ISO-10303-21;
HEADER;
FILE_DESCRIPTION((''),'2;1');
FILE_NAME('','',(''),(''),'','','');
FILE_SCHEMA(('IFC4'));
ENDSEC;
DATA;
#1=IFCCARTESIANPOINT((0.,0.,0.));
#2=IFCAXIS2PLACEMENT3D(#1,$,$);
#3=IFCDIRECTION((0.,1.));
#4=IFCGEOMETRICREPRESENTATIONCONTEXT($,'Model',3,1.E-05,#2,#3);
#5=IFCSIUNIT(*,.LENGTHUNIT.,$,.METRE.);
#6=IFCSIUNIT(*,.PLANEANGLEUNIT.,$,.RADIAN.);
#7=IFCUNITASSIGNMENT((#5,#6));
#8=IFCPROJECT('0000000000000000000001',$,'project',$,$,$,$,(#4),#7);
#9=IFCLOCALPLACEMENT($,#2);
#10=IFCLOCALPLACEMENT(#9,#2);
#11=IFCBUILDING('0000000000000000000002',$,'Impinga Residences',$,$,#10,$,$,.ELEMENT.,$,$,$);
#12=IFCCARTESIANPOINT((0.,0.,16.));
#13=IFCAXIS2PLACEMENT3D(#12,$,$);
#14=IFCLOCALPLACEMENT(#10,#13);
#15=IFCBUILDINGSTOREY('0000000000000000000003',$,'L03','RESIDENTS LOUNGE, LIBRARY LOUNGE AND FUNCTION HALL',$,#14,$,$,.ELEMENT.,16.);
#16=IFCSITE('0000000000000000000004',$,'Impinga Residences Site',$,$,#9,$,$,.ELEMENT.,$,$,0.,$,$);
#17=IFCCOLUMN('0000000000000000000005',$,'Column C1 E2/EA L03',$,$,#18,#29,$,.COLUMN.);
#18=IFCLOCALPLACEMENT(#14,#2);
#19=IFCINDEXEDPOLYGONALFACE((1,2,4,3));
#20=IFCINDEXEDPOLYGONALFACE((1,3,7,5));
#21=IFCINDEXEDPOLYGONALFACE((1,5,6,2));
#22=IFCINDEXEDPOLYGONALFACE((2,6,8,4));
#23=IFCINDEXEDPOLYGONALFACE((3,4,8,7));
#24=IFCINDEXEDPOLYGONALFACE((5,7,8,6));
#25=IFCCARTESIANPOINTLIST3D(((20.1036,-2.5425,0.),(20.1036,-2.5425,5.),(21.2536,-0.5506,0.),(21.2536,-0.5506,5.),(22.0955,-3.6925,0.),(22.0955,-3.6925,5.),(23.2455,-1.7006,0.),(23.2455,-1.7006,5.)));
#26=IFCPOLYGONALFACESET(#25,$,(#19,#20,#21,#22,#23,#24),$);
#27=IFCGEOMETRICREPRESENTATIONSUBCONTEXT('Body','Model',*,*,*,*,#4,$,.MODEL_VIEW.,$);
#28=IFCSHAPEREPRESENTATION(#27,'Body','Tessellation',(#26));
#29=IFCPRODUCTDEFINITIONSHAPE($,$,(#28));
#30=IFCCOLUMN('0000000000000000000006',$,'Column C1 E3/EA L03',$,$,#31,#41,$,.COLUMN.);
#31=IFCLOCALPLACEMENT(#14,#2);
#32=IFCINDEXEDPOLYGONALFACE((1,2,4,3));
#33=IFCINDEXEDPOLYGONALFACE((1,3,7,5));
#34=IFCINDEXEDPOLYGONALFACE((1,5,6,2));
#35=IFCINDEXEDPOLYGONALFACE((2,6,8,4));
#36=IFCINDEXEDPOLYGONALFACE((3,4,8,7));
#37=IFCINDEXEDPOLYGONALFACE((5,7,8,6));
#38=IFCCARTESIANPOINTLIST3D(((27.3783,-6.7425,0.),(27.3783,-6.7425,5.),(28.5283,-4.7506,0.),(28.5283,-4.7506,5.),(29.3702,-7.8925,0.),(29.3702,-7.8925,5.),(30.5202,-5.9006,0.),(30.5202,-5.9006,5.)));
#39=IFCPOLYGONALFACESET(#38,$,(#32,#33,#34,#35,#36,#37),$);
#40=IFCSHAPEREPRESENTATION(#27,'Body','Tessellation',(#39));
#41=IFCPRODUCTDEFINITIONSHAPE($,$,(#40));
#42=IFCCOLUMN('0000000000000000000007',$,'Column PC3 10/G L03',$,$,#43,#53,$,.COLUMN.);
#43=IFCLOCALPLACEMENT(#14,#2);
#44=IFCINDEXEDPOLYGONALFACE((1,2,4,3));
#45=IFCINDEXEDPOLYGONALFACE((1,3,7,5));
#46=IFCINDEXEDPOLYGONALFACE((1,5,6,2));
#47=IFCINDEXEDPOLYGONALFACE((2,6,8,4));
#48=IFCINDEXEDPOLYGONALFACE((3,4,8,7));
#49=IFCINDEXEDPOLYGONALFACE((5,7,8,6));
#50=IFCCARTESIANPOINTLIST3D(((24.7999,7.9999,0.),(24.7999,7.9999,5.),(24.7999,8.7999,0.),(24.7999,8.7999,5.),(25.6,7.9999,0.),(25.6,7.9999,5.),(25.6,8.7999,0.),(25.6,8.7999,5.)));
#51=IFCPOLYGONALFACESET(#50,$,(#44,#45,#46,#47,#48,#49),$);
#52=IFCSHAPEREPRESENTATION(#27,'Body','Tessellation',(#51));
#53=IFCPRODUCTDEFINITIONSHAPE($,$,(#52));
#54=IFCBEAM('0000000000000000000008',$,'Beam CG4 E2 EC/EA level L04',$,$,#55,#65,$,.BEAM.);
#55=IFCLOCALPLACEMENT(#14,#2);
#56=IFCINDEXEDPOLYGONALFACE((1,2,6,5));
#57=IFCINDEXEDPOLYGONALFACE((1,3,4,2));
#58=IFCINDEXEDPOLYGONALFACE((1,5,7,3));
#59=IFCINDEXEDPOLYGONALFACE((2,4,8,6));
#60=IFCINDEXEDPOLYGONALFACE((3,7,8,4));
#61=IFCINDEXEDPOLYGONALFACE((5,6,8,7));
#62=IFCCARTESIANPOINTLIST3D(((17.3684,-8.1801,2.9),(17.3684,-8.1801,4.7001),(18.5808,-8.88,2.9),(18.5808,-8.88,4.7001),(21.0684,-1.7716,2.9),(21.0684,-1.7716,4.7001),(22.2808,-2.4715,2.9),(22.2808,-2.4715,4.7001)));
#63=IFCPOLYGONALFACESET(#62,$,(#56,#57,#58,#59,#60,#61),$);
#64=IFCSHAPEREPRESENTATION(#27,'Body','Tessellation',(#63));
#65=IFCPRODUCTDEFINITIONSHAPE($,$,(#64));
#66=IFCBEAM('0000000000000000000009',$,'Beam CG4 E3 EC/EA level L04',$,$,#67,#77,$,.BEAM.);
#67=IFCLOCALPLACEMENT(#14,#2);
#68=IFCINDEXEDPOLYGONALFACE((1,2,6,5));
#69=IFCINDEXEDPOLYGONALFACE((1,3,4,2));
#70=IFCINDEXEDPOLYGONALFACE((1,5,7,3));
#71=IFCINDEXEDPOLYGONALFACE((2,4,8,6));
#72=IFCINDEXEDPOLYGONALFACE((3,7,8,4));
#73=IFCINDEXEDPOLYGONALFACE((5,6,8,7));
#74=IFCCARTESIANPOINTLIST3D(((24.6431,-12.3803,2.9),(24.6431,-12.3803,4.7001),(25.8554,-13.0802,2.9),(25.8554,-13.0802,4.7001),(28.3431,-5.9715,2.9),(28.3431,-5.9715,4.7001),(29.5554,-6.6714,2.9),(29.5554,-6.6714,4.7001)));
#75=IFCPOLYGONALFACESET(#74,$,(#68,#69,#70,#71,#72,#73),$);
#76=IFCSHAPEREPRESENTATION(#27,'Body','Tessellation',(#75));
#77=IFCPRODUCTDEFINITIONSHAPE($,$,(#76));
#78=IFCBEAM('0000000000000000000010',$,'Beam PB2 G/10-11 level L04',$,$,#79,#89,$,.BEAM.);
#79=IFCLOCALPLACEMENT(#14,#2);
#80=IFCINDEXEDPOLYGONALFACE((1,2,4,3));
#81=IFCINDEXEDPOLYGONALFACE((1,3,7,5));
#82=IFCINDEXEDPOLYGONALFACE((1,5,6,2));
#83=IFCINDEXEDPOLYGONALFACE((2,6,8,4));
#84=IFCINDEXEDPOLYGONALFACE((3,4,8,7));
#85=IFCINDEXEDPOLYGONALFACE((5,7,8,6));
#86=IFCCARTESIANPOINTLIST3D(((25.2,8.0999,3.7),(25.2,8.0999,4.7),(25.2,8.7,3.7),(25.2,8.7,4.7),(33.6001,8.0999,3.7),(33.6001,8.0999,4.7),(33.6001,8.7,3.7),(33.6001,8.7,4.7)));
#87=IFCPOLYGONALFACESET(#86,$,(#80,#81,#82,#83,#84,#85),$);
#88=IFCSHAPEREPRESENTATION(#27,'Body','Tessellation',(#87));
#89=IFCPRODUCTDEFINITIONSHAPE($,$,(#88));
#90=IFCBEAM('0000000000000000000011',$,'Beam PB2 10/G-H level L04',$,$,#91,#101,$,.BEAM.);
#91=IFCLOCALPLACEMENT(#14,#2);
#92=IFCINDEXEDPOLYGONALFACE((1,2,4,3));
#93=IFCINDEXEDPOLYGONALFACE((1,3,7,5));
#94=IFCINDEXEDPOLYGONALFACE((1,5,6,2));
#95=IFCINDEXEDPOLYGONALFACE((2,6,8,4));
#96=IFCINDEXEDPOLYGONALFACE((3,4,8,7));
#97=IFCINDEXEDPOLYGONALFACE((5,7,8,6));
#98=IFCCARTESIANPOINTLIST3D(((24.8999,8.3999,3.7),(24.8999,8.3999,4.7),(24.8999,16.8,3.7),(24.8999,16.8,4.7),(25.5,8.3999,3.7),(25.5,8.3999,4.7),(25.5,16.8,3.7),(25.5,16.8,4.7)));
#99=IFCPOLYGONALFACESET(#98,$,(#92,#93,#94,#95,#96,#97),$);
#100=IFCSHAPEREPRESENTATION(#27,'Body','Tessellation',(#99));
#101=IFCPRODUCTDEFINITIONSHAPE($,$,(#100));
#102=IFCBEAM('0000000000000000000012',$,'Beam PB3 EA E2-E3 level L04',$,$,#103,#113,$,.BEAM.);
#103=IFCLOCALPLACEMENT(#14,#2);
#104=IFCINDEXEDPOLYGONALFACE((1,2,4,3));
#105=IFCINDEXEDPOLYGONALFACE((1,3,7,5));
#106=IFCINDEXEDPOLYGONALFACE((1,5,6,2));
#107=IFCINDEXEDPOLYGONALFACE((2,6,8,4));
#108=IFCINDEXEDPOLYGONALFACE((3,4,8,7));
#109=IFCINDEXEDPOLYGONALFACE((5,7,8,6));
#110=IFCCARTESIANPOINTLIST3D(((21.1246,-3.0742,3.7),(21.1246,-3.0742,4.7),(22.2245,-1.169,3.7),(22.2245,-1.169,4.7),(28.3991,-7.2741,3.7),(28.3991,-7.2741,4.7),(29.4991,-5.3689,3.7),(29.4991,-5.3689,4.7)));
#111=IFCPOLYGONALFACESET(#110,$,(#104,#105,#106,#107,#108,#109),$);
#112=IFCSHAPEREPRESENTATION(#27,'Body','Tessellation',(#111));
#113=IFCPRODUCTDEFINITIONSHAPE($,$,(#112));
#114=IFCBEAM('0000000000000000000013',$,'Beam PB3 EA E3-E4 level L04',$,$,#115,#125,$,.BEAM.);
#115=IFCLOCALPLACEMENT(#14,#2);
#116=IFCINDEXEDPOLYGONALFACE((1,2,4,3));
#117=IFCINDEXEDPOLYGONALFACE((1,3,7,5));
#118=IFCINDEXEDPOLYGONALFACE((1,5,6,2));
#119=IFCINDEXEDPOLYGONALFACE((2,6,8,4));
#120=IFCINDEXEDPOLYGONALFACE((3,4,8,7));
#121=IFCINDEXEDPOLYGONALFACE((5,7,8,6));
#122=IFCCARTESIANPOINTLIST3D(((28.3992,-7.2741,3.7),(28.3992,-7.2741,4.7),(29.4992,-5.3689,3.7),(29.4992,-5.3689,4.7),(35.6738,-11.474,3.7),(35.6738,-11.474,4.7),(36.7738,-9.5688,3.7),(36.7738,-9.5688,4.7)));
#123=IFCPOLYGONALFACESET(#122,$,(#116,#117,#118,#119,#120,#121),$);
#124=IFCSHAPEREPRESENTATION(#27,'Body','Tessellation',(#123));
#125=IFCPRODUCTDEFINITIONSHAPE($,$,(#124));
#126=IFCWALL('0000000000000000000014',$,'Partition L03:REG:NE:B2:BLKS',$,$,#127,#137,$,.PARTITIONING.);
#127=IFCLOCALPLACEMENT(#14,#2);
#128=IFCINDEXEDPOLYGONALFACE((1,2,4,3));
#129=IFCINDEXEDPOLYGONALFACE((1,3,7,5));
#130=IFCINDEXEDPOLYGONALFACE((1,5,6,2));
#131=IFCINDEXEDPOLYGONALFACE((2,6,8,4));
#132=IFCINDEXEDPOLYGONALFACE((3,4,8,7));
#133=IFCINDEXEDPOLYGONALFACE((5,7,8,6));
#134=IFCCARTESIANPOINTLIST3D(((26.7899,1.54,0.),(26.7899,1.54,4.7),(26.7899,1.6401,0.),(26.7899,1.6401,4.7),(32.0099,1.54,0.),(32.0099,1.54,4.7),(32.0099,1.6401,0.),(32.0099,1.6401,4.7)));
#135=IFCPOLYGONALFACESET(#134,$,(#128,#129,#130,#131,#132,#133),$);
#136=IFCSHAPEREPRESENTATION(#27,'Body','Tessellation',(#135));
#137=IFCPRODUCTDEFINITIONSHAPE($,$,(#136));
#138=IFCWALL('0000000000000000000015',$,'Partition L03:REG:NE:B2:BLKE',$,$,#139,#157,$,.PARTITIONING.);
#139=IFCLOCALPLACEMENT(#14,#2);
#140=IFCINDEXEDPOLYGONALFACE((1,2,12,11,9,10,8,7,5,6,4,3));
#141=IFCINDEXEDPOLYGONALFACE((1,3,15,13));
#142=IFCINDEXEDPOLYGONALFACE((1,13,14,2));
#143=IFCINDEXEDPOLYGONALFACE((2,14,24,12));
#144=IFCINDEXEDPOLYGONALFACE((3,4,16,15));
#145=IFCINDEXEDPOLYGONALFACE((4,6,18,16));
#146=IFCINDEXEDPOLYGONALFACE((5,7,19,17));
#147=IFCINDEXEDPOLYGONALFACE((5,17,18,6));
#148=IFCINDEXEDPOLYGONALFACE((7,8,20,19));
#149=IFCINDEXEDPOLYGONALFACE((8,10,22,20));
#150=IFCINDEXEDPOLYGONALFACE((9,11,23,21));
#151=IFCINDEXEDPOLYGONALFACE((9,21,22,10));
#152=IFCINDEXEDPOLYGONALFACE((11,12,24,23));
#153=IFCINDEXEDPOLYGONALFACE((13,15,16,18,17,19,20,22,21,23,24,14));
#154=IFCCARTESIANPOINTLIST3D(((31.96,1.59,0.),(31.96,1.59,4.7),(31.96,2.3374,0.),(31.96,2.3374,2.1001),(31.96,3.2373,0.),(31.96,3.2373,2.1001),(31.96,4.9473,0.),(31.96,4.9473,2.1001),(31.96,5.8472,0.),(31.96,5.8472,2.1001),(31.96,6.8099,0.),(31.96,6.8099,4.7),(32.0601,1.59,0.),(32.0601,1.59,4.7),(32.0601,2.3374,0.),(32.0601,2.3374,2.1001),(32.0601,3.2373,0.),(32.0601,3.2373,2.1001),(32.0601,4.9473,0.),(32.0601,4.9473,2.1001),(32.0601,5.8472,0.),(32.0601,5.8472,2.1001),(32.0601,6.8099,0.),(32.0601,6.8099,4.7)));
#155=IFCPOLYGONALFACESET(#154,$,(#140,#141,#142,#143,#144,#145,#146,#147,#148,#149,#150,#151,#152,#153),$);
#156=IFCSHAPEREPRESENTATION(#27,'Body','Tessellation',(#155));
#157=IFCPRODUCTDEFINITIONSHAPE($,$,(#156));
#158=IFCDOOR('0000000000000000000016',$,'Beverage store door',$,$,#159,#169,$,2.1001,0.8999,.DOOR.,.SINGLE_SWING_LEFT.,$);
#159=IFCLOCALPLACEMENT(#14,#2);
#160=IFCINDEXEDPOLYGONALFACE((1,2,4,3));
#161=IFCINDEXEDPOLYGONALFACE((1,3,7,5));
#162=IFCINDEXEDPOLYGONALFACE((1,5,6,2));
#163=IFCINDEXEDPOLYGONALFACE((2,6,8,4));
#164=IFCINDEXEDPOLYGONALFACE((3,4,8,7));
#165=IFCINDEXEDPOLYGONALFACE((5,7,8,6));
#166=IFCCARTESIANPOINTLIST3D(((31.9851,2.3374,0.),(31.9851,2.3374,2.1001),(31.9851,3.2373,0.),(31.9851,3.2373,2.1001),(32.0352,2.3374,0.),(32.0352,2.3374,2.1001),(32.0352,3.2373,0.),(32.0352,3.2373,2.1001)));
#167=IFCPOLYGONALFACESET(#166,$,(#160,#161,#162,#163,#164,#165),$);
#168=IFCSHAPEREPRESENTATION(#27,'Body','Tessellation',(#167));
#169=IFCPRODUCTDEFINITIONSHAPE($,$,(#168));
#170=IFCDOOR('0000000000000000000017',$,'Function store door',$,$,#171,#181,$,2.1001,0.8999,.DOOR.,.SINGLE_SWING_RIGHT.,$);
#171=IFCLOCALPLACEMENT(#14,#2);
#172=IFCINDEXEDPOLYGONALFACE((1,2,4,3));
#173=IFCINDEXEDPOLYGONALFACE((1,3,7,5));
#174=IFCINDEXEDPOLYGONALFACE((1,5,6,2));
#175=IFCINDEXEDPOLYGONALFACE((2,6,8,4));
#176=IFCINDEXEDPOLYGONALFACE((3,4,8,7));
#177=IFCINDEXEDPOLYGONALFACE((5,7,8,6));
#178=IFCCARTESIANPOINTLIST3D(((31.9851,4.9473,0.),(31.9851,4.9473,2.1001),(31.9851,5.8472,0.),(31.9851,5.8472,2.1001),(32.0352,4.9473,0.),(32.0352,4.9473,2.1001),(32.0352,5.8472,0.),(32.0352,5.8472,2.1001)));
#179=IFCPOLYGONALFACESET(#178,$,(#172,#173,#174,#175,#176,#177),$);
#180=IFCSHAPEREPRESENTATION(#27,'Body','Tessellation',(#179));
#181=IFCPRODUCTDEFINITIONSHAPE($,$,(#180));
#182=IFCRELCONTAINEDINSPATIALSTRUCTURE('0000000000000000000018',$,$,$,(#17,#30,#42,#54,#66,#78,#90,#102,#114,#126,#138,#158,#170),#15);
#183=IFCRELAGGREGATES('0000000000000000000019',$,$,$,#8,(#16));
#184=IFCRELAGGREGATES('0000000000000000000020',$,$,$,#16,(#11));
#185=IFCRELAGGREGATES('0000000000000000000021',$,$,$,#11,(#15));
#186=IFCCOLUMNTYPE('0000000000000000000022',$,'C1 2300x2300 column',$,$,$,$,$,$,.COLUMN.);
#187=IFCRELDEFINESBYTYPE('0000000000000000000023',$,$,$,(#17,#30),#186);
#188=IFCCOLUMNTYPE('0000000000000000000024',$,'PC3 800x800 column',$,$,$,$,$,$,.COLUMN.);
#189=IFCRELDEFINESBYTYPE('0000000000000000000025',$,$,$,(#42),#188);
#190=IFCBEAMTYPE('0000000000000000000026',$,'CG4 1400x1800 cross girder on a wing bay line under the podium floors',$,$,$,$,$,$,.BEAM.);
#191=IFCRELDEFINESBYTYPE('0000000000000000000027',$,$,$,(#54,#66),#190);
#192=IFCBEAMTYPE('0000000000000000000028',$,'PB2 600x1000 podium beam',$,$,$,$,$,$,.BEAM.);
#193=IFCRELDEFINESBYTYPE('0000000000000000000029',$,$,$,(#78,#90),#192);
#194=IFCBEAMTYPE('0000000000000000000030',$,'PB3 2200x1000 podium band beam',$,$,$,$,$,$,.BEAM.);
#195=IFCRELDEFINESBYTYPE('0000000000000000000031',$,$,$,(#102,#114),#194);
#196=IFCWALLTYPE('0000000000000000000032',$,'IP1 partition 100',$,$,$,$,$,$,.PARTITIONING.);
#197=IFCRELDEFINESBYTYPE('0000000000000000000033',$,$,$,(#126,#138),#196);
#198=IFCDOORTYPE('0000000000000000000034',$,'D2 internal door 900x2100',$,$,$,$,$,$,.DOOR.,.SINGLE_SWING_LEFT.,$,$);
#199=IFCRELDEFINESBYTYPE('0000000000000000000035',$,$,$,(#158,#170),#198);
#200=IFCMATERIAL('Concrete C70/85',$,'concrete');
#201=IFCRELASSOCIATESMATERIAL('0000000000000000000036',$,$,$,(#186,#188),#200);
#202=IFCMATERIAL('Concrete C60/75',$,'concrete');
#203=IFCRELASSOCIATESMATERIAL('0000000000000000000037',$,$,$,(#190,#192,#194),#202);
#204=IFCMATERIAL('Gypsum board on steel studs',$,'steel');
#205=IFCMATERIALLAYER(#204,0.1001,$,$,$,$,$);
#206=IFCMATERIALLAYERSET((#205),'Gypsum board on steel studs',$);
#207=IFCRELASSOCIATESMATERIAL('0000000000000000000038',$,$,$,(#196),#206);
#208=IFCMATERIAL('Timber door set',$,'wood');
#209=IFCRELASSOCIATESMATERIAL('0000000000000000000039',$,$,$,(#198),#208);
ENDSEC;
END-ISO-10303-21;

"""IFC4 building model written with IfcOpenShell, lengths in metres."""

from ifc_helpers import new_model, si_unit, direction, frame, frame_2d, origin, origin_2d, place, context, subcontext, project, spatial, rectangle, extrude, material, layer, layer_set, material_profile, profile_set, type_object, element, fill, save


model = new_model("IFC4")

# Units and contexts
model_context = context("Model", 3, precision=1e-05, world=origin(), true_north=direction((0.0, 1.0)))
body_context = subcontext(model_context, "Body", "Model", "MODEL_VIEW")
ifc_project = project(units=[si_unit("LENGTHUNIT", "METRE"), si_unit("PLANEANGLEUNIT", "RADIAN")], contexts=[model_context])

# Site, building, storey
site_placement = place(None, origin())
site = spatial("IfcSite", under=ifc_project, at=site_placement, Name="Impinga Residences Site", CompositionType="ELEMENT", RefElevation=0.0)
building_placement = place(site_placement, origin())
building = spatial("IfcBuilding", under=site, at=building_placement, Name="Impinga Residences", CompositionType="ELEMENT")
storey_placement = place(building_placement, frame((0.0, 0.0, 16.0)))
storey = spatial("IfcBuildingStorey", under=building, at=storey_placement, Name="L03", Description="RESIDENTS LOUNGE, LIBRARY LOUNGE AND FUNCTION HALL", CompositionType="ELEMENT", Elevation=16.0)

# Columns
ifc_material_1 = material(Name="Concrete C70/85", Category="concrete")
ifc_material_profile_1 = material_profile(ifc_material_1, rectangle(XDim=2.3, YDim=2.3, at=origin_2d()), Name="RC 2300x2300")
ifc_profile_set_1 = profile_set([ifc_material_profile_1], Name="Concrete C70/85")
column_type_1 = type_object("IfcColumnType", Name="C1 2300x2300 column", PredefinedType="COLUMN", material=ifc_profile_set_1)
for number, where, z_axis, x_axis, name in (
    (1, (21.6746, -2.1216, 0.0), (0.0, 0.0, 1.0), (-0.5, -0.866025, 0.0), "Column C1 E2/EA L03"),
    (2, (28.9492, -6.3215, 0.0), (0.0, 0.0, 1.0), (-0.5, -0.866025, 0.0), "Column C1 E3/EA L03"),
):
    element("IfcColumn", number, at=place(storey_placement, frame(where, z_axis=z_axis, x_axis=x_axis)), inside=storey, type_object=column_type_1, Name=name, PredefinedType="COLUMN", context=body_context, shape_type="SweptSolid", body=[
        extrude(rectangle(XDim=2.3, YDim=2.3, at=origin_2d()), origin(), (0.0, 0.0, 1.0), 5.0),
    ])
ifc_material_profile_2 = material_profile(ifc_material_1, rectangle(XDim=0.8, YDim=0.8, at=origin_2d()), Name="RC 800x800")
ifc_profile_set_2 = profile_set([ifc_material_profile_2], Name="Concrete C70/85")
column_type_2 = type_object("IfcColumnType", Name="PC3 800x800 column", PredefinedType="COLUMN", material=ifc_profile_set_2)
column_placement = place(storey_placement, frame((25.2, 8.3999, 0.0), z_axis=(0.0, 0.0, 1.0), x_axis=(1.0, 0.0, 0.0)))
element("IfcColumn", 3, at=column_placement, inside=storey, type_object=column_type_2, Name="Column PC3 10/G L03", PredefinedType="COLUMN", context=body_context, shape_type="SweptSolid", body=[
    extrude(rectangle(XDim=0.8, YDim=0.8, at=origin_2d()), origin(), (0.0, 0.0, 1.0), 5.0),
])

# Beams
ifc_material_2 = material(Name="Concrete C60/75", Category="concrete")
ifc_material_profile_3 = material_profile(ifc_material_2, rectangle(XDim=1.3999, YDim=1.8, at=origin_2d()), Name="RC 1400x1800")
ifc_profile_set_3 = profile_set([ifc_material_profile_3], Name="Concrete C60/75")
beam_type_1 = type_object("IfcBeamType", Name="CG4 1400x1800 cross girder on a wing bay line under the podium floors", PredefinedType="BEAM", material=ifc_profile_set_3)
beam_1_placement = place(storey_placement, frame((17.9746, -8.53, 3.8), z_axis=(0.500003, 0.866024, 0.0), x_axis=(-0.866024, 0.500003, 0.0)))
element("IfcBeam", 4, at=beam_1_placement, inside=storey, type_object=beam_type_1, Name="Beam CG4 E2 EC/EA level L04", PredefinedType="BEAM", context=body_context, shape_type="SweptSolid", body=[
    extrude(rectangle(XDim=1.3999, YDim=1.8, at=origin_2d()), origin(), (0.0, 0.0, 1.0), 7.3999),
])
beam_2_placement = place(storey_placement, frame((25.2493, -12.7302, 3.8), z_axis=(0.499989, 0.866032, 0.0), x_axis=(-0.866032, 0.499989, 0.0)))
element("IfcBeam", 5, at=beam_2_placement, inside=storey, type_object=beam_type_1, Name="Beam CG4 E3 EC/EA level L04", PredefinedType="BEAM", context=body_context, shape_type="SweptSolid", body=[
    extrude(rectangle(XDim=1.3999, YDim=1.8, at=origin_2d()), origin(), (0.0, 0.0, 1.0), 7.4001),
])
ifc_material_profile_4 = material_profile(ifc_material_2, rectangle(XDim=0.6001, YDim=1.0, at=origin_2d()), Name="RC 600x1000")
ifc_profile_set_4 = profile_set([ifc_material_profile_4], Name="Concrete C60/75")
beam_type_2 = type_object("IfcBeamType", Name="PB2 600x1000 podium beam", PredefinedType="BEAM", material=ifc_profile_set_4)
for number, where, z_axis, x_axis, name in (
    (6, (25.2, 8.3999, 4.2), (1.0, 0.0, 0.0), (0.0, 1.0, 0.0), "Beam PB2 G/10-11 level L04"),
    (7, (25.2, 8.3999, 4.2), (0.0, 1.0, 0.0), (-1.0, 0.0, 0.0), "Beam PB2 10/G-H level L04"),
):
    element("IfcBeam", number, at=place(storey_placement, frame(where, z_axis=z_axis, x_axis=x_axis)), inside=storey, type_object=beam_type_2, Name=name, PredefinedType="BEAM", context=body_context, shape_type="SweptSolid", body=[
        extrude(rectangle(XDim=0.6001, YDim=1.0, at=origin_2d()), origin(), (0.0, 0.0, 1.0), 8.4001),
    ])
ifc_material_profile_5 = material_profile(ifc_material_2, rectangle(XDim=2.2, YDim=1.0, at=origin_2d()), Name="RC 2200x1000")
ifc_profile_set_5 = profile_set([ifc_material_profile_5], Name="Concrete C60/75")
beam_type_3 = type_object("IfcBeamType", Name="PB3 2200x1000 podium band beam", PredefinedType="BEAM", material=ifc_profile_set_5)
for number, where, z_axis, x_axis, name in (
    (8, (21.6746, -2.1216, 4.2), (0.866029, -0.499993, 0.0), (0.499993, 0.866029, 0.0), "Beam PB3 EA E2-E3 level L04"),
    (9, (28.9492, -6.3215, 4.2), (0.866029, -0.499993, 0.0), (0.499993, 0.866029, 0.0), "Beam PB3 EA E3-E4 level L04"),
):
    element("IfcBeam", number, at=place(storey_placement, frame(where, z_axis=z_axis, x_axis=x_axis)), inside=storey, type_object=beam_type_3, Name=name, PredefinedType="BEAM", context=body_context, shape_type="SweptSolid", body=[
        extrude(rectangle(XDim=2.2, YDim=1.0, at=origin_2d()), origin(), (0.0, 0.0, 1.0), 8.3999),
    ])

# Wall
ifc_material_3 = material(Name="Gypsum board on steel studs", Category="steel")
ifc_layer = layer(ifc_material_3, 0.1001)
ifc_layer_set = layer_set([ifc_layer], Name="Gypsum board on steel studs")
wall_type = type_object("IfcWallType", Name="IP1 partition 100", PredefinedType="PARTITIONING", material=ifc_layer_set)
wall_1_placement = place(storey_placement, frame((26.79, 1.5901, 0.0), z_axis=(0.0, 0.0, 1.0), x_axis=(1.0, 0.0, 0.0)))
element("IfcWall", 10, at=wall_1_placement, inside=storey, type_object=wall_type, Name="Partition L03:REG:NE:B2:BLKS", PredefinedType="PARTITIONING", context=body_context, shape_type="SweptSolid", body=[
    extrude(rectangle(XDim=5.22, YDim=0.1001, at=frame_2d((2.6099, 0.0))), origin(), (0.0, 0.0, 1.0), 4.7),
])

# Wall, openings, doors
wall_2_placement = place(storey_placement, frame((32.01, 1.5901, 0.0), z_axis=(0.0, 0.0, 1.0), x_axis=(0.0, 1.0, 0.0)))
wall_2 = element("IfcWall", 11, at=wall_2_placement, inside=storey, type_object=wall_type, Name="Partition L03:REG:NE:B2:BLKE", PredefinedType="PARTITIONING", context=body_context, shape_type="SweptSolid", body=[
    extrude(rectangle(XDim=5.22, YDim=0.1001, at=frame_2d((2.6099, 0.0))), origin(), (0.0, 0.0, 1.0), 4.7),
])
opening_1_placement = place(wall_2_placement, frame((0.7473, 0.0, 0.0)))
opening_1 = element("IfcOpeningElement", 12, at=opening_1_placement, cuts=wall_2, PredefinedType="OPENING", context=body_context, shape_type="SweptSolid", body=[
    extrude(rectangle(XDim=0.8999, YDim=2.1001, at=frame_2d((0.45, 1.05))), frame((0.0, 0.0601, 0.0), z_axis=(0.0, -1.0, 0.0), x_axis=(1.0, 0.0, 0.0)), (0.0, 0.0, 1.0), 0.1201),
])
opening_2_placement = place(wall_2_placement, frame((3.3572, 0.0, 0.0)))
opening_2 = element("IfcOpeningElement", 13, at=opening_2_placement, cuts=wall_2, PredefinedType="OPENING", context=body_context, shape_type="SweptSolid", body=[
    extrude(rectangle(XDim=0.8999, YDim=2.1001, at=frame_2d((0.45, 1.05))), frame((0.0, 0.0601, 0.0), z_axis=(0.0, -1.0, 0.0), x_axis=(1.0, 0.0, 0.0)), (0.0, 0.0, 1.0), 0.1201),
])
ifc_material_4 = material(Name="Timber door set", Category="wood")
door_type = type_object("IfcDoorType", Name="D2 internal door 900x2100", OperationType="SINGLE_SWING_LEFT", PredefinedType="DOOR", material=ifc_material_4)
door_1_placement = place(opening_1_placement, origin())
door_1 = element("IfcDoor", 14, at=door_1_placement, inside=storey, type_object=door_type, Name="Beverage store door", OperationType="SINGLE_SWING_LEFT", OverallHeight=2.1001, OverallWidth=0.8999, PredefinedType="DOOR", context=body_context, shape_type="SweptSolid", body=[
    extrude(rectangle(XDim=0.8999, YDim=2.1001, at=frame_2d((0.45, 1.05))), frame((0.0, 0.0249, 0.0), z_axis=(0.0, -1.0, 0.0), x_axis=(1.0, 0.0, 0.0)), (0.0, 0.0, 1.0), 0.05),
])
fill(opening_1, door_1)
door_2_placement = place(opening_2_placement, origin())
door_2 = element("IfcDoor", 15, at=door_2_placement, inside=storey, type_object=door_type, Name="Function store door", OperationType="SINGLE_SWING_RIGHT", OverallHeight=2.1001, OverallWidth=0.8999, PredefinedType="DOOR", context=body_context, shape_type="SweptSolid", body=[
    extrude(rectangle(XDim=0.8999, YDim=2.1001, at=frame_2d((0.45, 1.05))), frame((0.0, 0.0249, 0.0), z_axis=(0.0, -1.0, 0.0), x_axis=(1.0, 0.0, 0.0)), (0.0, 0.0, 1.0), 0.05),
])
fill(opening_2, door_2)

save(model, "model.ifc")
